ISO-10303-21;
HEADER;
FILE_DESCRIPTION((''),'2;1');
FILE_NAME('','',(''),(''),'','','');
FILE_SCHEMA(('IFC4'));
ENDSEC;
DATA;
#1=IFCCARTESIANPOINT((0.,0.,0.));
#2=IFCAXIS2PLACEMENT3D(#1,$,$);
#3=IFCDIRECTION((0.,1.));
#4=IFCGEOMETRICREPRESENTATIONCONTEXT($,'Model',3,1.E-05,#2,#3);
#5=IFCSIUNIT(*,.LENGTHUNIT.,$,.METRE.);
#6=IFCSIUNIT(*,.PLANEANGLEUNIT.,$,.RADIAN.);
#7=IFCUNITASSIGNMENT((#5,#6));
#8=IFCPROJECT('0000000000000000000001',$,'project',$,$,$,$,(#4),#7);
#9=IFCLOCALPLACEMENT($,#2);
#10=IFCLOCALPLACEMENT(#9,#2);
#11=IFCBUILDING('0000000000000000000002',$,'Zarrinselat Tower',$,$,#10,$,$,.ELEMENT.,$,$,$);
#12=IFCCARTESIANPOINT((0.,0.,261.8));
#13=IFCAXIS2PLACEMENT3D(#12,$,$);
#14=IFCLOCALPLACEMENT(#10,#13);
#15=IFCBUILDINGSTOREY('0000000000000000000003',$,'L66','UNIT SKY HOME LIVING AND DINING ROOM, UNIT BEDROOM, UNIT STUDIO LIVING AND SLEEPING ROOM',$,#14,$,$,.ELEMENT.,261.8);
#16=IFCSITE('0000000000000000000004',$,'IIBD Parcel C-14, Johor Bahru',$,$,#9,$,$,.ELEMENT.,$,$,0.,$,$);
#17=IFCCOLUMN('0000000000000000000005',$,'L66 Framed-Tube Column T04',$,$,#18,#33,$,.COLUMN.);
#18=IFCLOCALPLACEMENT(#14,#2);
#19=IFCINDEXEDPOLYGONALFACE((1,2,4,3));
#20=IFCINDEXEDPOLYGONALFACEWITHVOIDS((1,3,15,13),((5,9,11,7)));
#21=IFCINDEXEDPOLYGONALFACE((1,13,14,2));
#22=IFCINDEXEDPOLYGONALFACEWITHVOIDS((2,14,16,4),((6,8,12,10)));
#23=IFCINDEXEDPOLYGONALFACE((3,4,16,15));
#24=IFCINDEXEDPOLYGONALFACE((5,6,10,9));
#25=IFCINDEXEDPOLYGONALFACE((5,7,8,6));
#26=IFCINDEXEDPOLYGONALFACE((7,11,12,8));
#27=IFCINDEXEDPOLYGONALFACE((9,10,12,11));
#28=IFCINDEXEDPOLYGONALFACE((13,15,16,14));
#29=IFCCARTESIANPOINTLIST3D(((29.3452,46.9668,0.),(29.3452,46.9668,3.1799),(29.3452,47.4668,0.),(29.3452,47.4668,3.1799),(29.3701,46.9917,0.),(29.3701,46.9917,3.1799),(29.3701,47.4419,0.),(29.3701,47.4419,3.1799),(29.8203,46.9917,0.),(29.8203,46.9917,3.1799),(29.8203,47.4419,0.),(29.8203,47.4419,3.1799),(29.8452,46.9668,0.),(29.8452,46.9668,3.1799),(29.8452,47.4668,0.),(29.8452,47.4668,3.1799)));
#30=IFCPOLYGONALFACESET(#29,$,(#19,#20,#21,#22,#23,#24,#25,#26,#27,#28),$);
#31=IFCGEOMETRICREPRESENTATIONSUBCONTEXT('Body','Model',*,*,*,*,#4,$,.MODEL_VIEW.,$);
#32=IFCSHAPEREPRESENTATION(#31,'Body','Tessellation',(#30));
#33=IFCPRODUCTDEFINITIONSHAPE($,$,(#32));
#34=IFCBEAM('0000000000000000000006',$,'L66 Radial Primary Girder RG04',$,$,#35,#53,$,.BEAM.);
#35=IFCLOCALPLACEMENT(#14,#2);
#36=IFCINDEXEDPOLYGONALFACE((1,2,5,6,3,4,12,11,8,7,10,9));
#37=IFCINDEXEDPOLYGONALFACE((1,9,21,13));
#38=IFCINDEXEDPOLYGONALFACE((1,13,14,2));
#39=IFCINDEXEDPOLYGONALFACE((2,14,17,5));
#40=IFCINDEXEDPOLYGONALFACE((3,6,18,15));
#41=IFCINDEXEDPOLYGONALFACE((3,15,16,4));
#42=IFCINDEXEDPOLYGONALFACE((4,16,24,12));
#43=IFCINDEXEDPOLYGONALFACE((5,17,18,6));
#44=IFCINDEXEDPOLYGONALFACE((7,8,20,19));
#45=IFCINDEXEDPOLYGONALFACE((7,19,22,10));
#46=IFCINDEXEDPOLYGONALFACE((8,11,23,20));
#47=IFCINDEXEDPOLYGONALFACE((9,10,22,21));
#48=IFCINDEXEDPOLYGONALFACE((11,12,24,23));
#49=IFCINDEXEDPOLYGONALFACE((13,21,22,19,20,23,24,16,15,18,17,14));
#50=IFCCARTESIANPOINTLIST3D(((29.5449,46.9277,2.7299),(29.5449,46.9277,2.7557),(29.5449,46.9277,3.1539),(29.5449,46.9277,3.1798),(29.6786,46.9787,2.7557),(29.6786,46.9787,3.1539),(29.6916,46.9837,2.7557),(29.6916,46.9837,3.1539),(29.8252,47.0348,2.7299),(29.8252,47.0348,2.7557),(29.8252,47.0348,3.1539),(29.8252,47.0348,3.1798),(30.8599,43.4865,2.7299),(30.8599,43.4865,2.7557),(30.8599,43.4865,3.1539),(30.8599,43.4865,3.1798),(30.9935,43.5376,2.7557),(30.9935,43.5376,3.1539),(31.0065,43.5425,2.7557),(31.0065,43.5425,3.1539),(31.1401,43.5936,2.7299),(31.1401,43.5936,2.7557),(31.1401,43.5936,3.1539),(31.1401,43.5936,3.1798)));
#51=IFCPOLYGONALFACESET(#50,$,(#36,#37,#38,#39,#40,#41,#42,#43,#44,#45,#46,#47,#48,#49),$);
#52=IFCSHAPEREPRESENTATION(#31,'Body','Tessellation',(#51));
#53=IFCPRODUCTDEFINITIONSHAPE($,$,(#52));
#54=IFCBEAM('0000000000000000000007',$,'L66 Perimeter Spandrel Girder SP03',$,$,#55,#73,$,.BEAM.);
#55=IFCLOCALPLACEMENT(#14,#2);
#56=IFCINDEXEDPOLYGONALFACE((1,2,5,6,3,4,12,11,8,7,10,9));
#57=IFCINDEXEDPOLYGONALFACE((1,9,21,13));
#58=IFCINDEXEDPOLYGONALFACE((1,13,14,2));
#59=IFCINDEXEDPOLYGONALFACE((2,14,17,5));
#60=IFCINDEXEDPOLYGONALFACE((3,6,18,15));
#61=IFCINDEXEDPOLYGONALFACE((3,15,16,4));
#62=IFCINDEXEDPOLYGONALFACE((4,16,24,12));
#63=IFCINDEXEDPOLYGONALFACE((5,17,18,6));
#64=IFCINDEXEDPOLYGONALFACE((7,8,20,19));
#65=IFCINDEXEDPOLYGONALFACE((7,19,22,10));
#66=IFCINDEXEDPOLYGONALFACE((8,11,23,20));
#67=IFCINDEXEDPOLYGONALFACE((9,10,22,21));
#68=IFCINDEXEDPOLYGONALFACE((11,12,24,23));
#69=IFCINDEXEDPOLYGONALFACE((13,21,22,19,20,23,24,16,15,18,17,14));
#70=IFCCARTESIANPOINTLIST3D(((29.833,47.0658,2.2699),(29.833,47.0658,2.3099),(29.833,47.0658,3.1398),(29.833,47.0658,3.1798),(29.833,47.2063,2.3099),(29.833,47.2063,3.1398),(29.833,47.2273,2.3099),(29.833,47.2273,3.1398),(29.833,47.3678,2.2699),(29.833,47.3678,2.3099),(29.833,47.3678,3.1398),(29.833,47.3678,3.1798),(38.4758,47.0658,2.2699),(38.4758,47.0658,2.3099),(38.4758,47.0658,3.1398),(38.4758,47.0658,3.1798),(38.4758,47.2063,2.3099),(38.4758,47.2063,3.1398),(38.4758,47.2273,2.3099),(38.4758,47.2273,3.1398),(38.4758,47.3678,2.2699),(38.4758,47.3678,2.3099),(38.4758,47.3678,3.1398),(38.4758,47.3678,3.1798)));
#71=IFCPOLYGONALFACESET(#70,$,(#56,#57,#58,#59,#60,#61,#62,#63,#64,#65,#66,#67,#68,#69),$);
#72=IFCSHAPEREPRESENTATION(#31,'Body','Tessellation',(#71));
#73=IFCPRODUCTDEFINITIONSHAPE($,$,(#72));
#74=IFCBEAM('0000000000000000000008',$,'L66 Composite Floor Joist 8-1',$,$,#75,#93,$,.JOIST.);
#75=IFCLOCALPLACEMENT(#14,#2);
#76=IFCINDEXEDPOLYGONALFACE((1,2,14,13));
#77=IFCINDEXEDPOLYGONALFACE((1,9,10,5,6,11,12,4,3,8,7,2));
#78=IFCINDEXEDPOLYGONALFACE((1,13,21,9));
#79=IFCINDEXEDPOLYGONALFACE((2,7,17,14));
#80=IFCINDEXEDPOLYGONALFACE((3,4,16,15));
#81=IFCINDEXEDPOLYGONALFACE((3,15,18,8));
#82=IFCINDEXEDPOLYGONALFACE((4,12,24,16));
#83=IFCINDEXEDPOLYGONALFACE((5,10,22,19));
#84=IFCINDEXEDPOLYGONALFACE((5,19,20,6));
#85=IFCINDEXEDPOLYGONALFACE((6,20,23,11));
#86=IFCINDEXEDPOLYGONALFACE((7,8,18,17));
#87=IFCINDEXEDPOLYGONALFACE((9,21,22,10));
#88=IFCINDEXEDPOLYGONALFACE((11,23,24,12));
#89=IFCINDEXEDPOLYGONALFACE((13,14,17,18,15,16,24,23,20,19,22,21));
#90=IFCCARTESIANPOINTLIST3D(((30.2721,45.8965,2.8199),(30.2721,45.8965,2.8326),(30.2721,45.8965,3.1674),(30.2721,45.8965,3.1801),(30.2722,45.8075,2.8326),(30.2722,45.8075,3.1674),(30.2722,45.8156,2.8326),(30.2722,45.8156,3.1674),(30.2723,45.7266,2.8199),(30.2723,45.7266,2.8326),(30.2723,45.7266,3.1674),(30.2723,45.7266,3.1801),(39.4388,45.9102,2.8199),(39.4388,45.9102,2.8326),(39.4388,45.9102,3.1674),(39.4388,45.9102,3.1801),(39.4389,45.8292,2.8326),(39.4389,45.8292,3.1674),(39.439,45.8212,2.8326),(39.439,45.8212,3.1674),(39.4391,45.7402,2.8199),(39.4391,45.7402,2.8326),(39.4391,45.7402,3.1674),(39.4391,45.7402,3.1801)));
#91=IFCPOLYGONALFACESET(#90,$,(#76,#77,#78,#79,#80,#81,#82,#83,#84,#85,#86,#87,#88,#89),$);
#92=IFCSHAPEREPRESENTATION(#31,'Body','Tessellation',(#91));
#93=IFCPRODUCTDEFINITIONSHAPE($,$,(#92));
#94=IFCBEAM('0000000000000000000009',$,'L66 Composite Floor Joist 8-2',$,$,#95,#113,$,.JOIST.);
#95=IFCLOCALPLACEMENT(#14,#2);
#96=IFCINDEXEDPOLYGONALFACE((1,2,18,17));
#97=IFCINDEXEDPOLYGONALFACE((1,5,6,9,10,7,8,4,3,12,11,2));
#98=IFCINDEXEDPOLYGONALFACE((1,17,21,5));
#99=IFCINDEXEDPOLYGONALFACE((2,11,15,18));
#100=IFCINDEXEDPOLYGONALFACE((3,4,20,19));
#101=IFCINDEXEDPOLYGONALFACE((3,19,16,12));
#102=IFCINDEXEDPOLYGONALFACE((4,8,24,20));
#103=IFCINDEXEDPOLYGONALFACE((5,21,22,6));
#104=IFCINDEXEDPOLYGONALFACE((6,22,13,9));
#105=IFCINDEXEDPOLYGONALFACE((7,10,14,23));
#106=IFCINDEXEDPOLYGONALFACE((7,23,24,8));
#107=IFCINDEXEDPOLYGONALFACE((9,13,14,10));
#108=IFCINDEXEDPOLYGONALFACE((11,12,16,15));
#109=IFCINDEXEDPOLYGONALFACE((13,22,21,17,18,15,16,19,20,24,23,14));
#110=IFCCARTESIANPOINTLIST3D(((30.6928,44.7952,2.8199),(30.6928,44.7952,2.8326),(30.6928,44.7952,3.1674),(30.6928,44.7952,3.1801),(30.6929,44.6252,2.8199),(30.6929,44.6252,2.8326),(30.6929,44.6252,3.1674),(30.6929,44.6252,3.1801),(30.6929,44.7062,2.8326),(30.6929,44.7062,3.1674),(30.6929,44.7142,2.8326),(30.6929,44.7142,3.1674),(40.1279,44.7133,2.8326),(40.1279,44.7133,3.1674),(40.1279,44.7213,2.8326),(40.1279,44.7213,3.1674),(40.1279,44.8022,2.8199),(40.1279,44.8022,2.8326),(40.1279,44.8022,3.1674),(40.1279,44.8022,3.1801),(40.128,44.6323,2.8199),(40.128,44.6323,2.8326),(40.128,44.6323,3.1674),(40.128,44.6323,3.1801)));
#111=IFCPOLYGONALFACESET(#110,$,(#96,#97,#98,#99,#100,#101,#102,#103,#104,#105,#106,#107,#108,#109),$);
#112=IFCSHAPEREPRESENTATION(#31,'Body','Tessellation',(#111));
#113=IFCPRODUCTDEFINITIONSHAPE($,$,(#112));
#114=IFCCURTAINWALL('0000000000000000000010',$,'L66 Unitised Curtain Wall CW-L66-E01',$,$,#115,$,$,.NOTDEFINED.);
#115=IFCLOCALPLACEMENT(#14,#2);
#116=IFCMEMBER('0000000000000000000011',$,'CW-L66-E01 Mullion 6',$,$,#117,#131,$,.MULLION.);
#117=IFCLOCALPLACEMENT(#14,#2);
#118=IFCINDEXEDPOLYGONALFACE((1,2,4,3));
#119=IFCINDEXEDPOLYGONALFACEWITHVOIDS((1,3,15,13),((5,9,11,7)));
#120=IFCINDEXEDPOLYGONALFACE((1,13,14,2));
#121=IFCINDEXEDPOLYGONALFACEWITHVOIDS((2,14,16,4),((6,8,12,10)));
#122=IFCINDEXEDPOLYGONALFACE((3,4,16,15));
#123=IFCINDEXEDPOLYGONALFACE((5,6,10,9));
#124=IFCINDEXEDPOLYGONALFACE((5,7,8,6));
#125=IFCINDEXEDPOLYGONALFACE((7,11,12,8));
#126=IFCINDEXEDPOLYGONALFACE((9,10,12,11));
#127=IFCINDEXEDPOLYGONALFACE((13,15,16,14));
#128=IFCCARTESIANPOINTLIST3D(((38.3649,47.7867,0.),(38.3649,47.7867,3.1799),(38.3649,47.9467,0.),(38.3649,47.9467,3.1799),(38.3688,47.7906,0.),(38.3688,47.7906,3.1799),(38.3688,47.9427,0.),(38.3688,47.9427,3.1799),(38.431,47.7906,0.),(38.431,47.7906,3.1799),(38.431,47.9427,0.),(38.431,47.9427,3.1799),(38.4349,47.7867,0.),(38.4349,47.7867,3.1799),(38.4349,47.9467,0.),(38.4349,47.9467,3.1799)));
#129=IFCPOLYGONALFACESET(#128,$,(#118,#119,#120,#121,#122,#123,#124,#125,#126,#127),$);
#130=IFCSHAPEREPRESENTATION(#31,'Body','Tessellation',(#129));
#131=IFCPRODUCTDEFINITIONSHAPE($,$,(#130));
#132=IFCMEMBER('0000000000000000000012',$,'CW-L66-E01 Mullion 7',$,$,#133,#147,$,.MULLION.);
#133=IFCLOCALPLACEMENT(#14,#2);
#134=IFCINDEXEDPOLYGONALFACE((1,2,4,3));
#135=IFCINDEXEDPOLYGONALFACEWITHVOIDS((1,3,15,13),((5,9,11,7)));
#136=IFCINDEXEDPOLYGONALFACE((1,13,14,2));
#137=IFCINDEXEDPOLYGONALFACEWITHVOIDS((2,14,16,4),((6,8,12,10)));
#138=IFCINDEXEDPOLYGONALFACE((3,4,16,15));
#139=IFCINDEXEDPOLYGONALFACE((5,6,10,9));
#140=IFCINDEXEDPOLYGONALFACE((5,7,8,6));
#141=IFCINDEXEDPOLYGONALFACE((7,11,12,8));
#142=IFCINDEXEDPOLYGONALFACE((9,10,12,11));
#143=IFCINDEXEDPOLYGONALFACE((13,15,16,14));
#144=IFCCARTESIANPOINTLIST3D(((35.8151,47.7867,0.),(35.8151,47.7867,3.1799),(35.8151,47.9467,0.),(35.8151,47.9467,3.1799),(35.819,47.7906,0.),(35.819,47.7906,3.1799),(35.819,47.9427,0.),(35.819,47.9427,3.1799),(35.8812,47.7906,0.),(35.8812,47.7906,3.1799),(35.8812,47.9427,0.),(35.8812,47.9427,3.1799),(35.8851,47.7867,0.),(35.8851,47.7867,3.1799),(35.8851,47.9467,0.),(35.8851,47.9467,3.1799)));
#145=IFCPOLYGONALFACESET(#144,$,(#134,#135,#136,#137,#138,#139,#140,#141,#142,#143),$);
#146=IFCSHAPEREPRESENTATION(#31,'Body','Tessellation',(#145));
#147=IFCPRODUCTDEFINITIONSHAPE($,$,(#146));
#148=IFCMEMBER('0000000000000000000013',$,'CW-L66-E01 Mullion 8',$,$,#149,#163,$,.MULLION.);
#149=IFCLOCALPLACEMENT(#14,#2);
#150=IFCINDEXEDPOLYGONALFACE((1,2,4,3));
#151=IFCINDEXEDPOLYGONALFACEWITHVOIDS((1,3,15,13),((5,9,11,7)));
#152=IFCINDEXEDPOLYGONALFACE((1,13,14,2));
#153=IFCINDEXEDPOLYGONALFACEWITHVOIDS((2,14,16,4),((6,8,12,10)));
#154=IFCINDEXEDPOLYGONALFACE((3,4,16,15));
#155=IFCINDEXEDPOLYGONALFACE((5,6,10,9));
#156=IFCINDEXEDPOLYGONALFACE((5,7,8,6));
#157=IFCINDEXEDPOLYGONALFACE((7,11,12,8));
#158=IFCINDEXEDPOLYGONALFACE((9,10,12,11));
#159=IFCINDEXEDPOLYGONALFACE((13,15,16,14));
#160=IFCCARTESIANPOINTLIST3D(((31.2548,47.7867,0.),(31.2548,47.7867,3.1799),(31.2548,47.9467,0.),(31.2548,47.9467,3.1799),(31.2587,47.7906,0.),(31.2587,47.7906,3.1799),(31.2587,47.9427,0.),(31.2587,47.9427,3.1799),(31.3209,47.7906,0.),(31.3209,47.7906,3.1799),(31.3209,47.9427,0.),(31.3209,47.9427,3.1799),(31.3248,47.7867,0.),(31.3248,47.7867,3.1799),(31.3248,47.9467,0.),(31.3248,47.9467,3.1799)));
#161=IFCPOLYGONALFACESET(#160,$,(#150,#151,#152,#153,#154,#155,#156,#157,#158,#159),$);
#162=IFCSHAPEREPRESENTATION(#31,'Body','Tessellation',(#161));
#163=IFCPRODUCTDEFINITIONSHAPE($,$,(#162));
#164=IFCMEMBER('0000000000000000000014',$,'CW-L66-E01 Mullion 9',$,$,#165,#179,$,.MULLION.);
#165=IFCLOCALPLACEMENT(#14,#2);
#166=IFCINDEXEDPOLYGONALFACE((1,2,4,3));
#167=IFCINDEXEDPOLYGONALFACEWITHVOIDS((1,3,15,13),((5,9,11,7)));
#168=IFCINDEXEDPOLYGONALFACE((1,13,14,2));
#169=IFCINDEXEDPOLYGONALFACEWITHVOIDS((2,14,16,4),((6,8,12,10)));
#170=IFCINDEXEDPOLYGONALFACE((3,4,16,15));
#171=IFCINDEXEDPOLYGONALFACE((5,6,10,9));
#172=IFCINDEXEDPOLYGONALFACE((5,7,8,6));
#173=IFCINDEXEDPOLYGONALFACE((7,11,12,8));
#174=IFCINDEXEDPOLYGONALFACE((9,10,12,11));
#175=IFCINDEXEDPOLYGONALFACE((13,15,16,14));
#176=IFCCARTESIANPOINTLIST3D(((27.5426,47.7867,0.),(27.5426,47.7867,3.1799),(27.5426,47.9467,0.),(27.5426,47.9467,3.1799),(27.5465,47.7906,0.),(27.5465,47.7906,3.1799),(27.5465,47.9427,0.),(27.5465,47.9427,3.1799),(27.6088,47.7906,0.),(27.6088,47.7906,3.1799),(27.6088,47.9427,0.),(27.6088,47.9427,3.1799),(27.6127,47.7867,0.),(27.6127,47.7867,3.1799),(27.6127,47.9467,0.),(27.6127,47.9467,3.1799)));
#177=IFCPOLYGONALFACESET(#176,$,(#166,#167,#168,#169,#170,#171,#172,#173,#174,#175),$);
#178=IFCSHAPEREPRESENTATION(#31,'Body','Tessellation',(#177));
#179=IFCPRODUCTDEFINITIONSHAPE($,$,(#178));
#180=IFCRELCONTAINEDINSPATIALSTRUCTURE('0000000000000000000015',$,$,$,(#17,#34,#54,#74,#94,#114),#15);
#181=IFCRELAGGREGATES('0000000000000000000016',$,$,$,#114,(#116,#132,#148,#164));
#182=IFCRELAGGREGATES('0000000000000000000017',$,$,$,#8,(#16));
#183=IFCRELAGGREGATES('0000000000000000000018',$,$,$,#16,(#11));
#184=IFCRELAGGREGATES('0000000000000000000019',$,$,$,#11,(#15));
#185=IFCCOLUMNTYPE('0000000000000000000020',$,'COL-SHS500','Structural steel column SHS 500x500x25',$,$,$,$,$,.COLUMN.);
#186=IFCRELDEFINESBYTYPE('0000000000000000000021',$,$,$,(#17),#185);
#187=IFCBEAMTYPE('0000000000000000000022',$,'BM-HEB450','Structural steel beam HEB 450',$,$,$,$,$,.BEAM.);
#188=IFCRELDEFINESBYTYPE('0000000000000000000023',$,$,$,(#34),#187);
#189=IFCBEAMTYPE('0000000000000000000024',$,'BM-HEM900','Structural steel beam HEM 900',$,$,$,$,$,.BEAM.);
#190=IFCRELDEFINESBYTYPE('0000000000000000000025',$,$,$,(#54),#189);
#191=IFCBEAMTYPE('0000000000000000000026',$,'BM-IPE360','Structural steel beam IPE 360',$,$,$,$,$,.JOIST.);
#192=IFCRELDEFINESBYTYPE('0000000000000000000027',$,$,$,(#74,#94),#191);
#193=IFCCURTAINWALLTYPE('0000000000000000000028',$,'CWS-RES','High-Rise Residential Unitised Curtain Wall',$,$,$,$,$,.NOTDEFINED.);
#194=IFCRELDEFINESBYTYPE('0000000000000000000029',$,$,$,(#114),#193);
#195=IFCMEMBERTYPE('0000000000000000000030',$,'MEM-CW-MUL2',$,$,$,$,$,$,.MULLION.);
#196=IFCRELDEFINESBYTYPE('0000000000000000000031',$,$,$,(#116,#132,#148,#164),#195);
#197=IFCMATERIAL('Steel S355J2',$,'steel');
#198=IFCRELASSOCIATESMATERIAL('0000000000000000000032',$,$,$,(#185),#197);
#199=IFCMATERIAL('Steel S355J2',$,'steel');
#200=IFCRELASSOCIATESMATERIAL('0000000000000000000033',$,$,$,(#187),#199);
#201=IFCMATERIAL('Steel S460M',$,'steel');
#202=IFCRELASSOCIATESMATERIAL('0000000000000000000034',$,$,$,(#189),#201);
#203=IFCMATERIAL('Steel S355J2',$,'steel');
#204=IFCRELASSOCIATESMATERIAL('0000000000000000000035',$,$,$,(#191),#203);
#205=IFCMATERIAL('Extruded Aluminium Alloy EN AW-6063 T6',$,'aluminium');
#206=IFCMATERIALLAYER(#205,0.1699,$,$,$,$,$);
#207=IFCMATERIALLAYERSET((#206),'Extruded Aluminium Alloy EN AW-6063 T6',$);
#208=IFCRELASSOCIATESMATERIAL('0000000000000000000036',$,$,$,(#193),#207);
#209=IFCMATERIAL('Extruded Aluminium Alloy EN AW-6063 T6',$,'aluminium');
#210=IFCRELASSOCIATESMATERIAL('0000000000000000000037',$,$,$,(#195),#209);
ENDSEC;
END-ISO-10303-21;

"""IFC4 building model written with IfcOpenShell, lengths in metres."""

from ifc_helpers import new_model, si_unit, direction, frame, origin, origin_2d, place, context, subcontext, project, spatial, hollow_rectangle, i_section, extrude, material, layer, layer_set, material_profile, profile_set, type_object, element, aggregate, save


model = new_model("IFC4")

# Units and contexts
model_context = context("Model", 3, precision=1e-05, world=origin(), true_north=direction((0.0, 1.0)))
body_context = subcontext(model_context, "Body", "Model", "MODEL_VIEW")
ifc_project = project(units=[si_unit("LENGTHUNIT", "METRE"), si_unit("PLANEANGLEUNIT", "RADIAN")], contexts=[model_context])

# Site, building, storey
site_placement = place(None, origin())
site = spatial("IfcSite", under=ifc_project, at=site_placement, Name="IIBD Parcel C-14, Johor Bahru", CompositionType="ELEMENT", RefElevation=0.0)
building_placement = place(site_placement, origin())
building = spatial("IfcBuilding", under=site, at=building_placement, Name="Zarrinselat Tower", CompositionType="ELEMENT")
storey_placement = place(building_placement, frame((0.0, 0.0, 261.8)))
storey = spatial("IfcBuildingStorey", under=building, at=storey_placement, Name="L66", Description="UNIT SKY HOME LIVING AND DINING ROOM, UNIT BEDROOM, UNIT STUDIO LIVING AND SLEEPING ROOM", CompositionType="ELEMENT", Elevation=261.8)

# Column
ifc_material_1 = material(Name="Steel S355J2", Category="steel")
ifc_material_profile_1 = material_profile(ifc_material_1, hollow_rectangle(XDim=0.5, YDim=0.5, WallThickness=0.0249, at=origin_2d()), Name="SHS 500x500x25")
ifc_profile_set_1 = profile_set([ifc_material_profile_1], Name="Steel S355J2")
column_type = type_object("IfcColumnType", Name="COL-SHS500", Description="Structural steel column SHS 500x500x25", PredefinedType="COLUMN", material=ifc_profile_set_1)
column_placement = place(storey_placement, frame((29.5952, 47.2168, 0.0), z_axis=(0.0, 0.0, 1.0), x_axis=(1.0, 0.0, 0.0)))
element("IfcColumn", 1, at=column_placement, inside=storey, type_object=column_type, Name="L66 Framed-Tube Column T04", PredefinedType="COLUMN", context=body_context, shape_type="SweptSolid", body=[
    extrude(hollow_rectangle(XDim=0.5, YDim=0.5, WallThickness=0.0249, at=origin_2d()), origin(), (0.0, 0.0, 1.0), 3.1799),
])

# Beams
ifc_material_2 = material(Name="Steel S355J2", Category="steel")
ifc_material_profile_2 = material_profile(ifc_material_2, i_section(OverallWidth=0.3, OverallDepth=0.45, WebThickness=0.0139, FlangeThickness=0.0259, at=origin_2d()), Name="HEB 450")
ifc_profile_set_2 = profile_set([ifc_material_profile_2], Name="Steel S355J2")
beam_type_1 = type_object("IfcBeamType", Name="BM-HEB450", Description="Structural steel beam HEB 450", PredefinedType="BEAM", material=ifc_profile_set_2)
beam_1_placement = place(storey_placement, frame((29.6851, 46.9812, 2.9548), z_axis=(0.356949, -0.934124, 0.0), x_axis=(0.934124, 0.356949, 0.0)))
element("IfcBeam", 2, at=beam_1_placement, inside=storey, type_object=beam_type_1, Name="L66 Radial Primary Girder RG04", PredefinedType="BEAM", context=body_context, shape_type="SweptSolid", body=[
    extrude(i_section(OverallWidth=0.3, OverallDepth=0.45, WebThickness=0.0139, FlangeThickness=0.0259, at=origin_2d()), origin(), (0.0, 0.0, 1.0), 3.6838),
])
ifc_material_3 = material(Name="Steel S460M", Category="steel")
ifc_material_profile_3 = material_profile(ifc_material_3, i_section(OverallWidth=0.302, OverallDepth=0.9099, WebThickness=0.021, FlangeThickness=0.04, at=origin_2d()), Name="HEM 900")
ifc_profile_set_3 = profile_set([ifc_material_profile_3], Name="Steel S460M")
beam_type_2 = type_object("IfcBeamType", Name="BM-HEM900", Description="Structural steel beam HEM 900", PredefinedType="BEAM", material=ifc_profile_set_3)
beam_2_placement = place(storey_placement, frame((29.833, 47.2168, 2.7249), z_axis=(1.0, 0.0, 0.0), x_axis=(0.0, 1.0, 0.0)))
element("IfcBeam", 3, at=beam_2_placement, inside=storey, type_object=beam_type_2, Name="L66 Perimeter Spandrel Girder SP03", PredefinedType="BEAM", context=body_context, shape_type="SweptSolid", body=[
    extrude(i_section(OverallWidth=0.302, OverallDepth=0.9099, WebThickness=0.021, FlangeThickness=0.04, at=origin_2d()), origin(), (0.0, 0.0, 1.0), 8.6428),
])
ifc_material_4 = material(Name="Steel S355J2", Category="steel")
ifc_material_profile_4 = material_profile(ifc_material_4, i_section(OverallWidth=0.1699, OverallDepth=0.3601, WebThickness=0.0081, FlangeThickness=0.0127, at=origin_2d()), Name="IPE 360")
ifc_profile_set_4 = profile_set([ifc_material_profile_4], Name="Steel S355J2")
beam_type_3 = type_object("IfcBeamType", Name="BM-IPE360", Description="Structural steel beam IPE 360", PredefinedType="JOIST", material=ifc_profile_set_4)
beam_3_placement = place(storey_placement, frame((30.2722, 45.8115, 3.0), z_axis=(0.999999, 0.001491, 0.0), x_axis=(-0.001491, 0.999999, 0.0)))
element("IfcBeam", 4, at=beam_3_placement, inside=storey, type_object=beam_type_3, Name="L66 Composite Floor Joist 8-1", PredefinedType="JOIST", context=body_context, shape_type="SweptSolid", body=[
    extrude(i_section(OverallWidth=0.1699, OverallDepth=0.3601, WebThickness=0.0081, FlangeThickness=0.0127, at=origin_2d()), origin(), (0.0, 0.0, 1.0), 9.1667),
])
beam_4_placement = place(storey_placement, frame((30.6929, 44.7102, 3.0), z_axis=(1.0, 0.00075, 0.0), x_axis=(-0.00075, 1.0, 0.0)))
element("IfcBeam", 5, at=beam_4_placement, inside=storey, type_object=beam_type_3, Name="L66 Composite Floor Joist 8-2", PredefinedType="JOIST", context=body_context, shape_type="SweptSolid", body=[
    extrude(i_section(OverallWidth=0.1699, OverallDepth=0.3601, WebThickness=0.0081, FlangeThickness=0.0127, at=origin_2d()), origin(), (0.0, 0.0, 1.0), 9.4351),
])

# Curtain wall, members
ifc_material_5 = material(Name="Extruded Aluminium Alloy EN AW-6063 T6", Category="aluminium")
ifc_layer_1 = layer(ifc_material_5, 0.1699)
ifc_layer_set_1 = layer_set([ifc_layer_1], Name="Extruded Aluminium Alloy EN AW-6063 T6")
curtain_wall_type = type_object("IfcCurtainWallType", Name="CWS-RES", Description="High-Rise Residential Unitised Curtain Wall", PredefinedType="NOTDEFINED", material=ifc_layer_set_1)
curtain_wall_placement = place(storey_placement, origin())
curtain_wall = element("IfcCurtainWall", 6, at=curtain_wall_placement, inside=storey, type_object=curtain_wall_type, Name="L66 Unitised Curtain Wall CW-L66-E01", PredefinedType="NOTDEFINED")
ifc_material_6 = material(Name="Extruded Aluminium Alloy EN AW-6063 T6", Category="aluminium")
ifc_material_profile_5 = material_profile(ifc_material_6, hollow_rectangle(XDim=0.0701, YDim=0.1599, WallThickness=0.0039, at=origin_2d()), Name="RHS 160x70x4")
ifc_profile_set_5 = profile_set([ifc_material_profile_5], Name="Extruded Aluminium Alloy EN AW-6063 T6")
member_type_1 = type_object("IfcMemberType", Name="MEM-CW-MUL2", PredefinedType="MULLION", material=ifc_profile_set_5)
member_1_placement = place(storey_placement, frame((38.3999, 47.8667, 0.0), z_axis=(0.0, 0.0, 1.0), x_axis=(-1.0, 0.0, 0.0)))
member_1 = element("IfcMember", 7, at=member_1_placement, type_object=member_type_1, Name="CW-L66-E01 Mullion 6", PredefinedType="MULLION", context=body_context, shape_type="SweptSolid", body=[
    extrude(hollow_rectangle(XDim=0.0701, YDim=0.1599, WallThickness=0.0039, at=origin_2d()), origin(), (0.0, 0.0, 1.0), 3.1799),
])
member_2_placement = place(storey_placement, frame((35.8501, 47.8667, 0.0), z_axis=(0.0, 0.0, 1.0), x_axis=(-1.0, 0.0, 0.0)))
member_2 = element("IfcMember", 8, at=member_2_placement, type_object=member_type_1, Name="CW-L66-E01 Mullion 7", PredefinedType="MULLION", context=body_context, shape_type="SweptSolid", body=[
    extrude(hollow_rectangle(XDim=0.0701, YDim=0.1599, WallThickness=0.0039, at=origin_2d()), origin(), (0.0, 0.0, 1.0), 3.1799),
])
member_3_placement = place(storey_placement, frame((31.2898, 47.8667, 0.0), z_axis=(0.0, 0.0, 1.0), x_axis=(-1.0, 0.0, 0.0)))
member_3 = element("IfcMember", 9, at=member_3_placement, type_object=member_type_1, Name="CW-L66-E01 Mullion 8", PredefinedType="MULLION", context=body_context, shape_type="SweptSolid", body=[
    extrude(hollow_rectangle(XDim=0.0701, YDim=0.1599, WallThickness=0.0039, at=origin_2d()), origin(), (0.0, 0.0, 1.0), 3.1799),
])
member_4_placement = place(storey_placement, frame((27.5776, 47.8667, 0.0), z_axis=(0.0, 0.0, 1.0), x_axis=(-1.0, 0.0, 0.0)))
member_4 = element("IfcMember", 10, at=member_4_placement, type_object=member_type_1, Name="CW-L66-E01 Mullion 9", PredefinedType="MULLION", context=body_context, shape_type="SweptSolid", body=[
    extrude(hollow_rectangle(XDim=0.0701, YDim=0.1599, WallThickness=0.0039, at=origin_2d()), origin(), (0.0, 0.0, 1.0), 3.1799),
])
aggregate(curtain_wall, [member_1, member_2, member_3, member_4])

save(model, "model.ifc")
